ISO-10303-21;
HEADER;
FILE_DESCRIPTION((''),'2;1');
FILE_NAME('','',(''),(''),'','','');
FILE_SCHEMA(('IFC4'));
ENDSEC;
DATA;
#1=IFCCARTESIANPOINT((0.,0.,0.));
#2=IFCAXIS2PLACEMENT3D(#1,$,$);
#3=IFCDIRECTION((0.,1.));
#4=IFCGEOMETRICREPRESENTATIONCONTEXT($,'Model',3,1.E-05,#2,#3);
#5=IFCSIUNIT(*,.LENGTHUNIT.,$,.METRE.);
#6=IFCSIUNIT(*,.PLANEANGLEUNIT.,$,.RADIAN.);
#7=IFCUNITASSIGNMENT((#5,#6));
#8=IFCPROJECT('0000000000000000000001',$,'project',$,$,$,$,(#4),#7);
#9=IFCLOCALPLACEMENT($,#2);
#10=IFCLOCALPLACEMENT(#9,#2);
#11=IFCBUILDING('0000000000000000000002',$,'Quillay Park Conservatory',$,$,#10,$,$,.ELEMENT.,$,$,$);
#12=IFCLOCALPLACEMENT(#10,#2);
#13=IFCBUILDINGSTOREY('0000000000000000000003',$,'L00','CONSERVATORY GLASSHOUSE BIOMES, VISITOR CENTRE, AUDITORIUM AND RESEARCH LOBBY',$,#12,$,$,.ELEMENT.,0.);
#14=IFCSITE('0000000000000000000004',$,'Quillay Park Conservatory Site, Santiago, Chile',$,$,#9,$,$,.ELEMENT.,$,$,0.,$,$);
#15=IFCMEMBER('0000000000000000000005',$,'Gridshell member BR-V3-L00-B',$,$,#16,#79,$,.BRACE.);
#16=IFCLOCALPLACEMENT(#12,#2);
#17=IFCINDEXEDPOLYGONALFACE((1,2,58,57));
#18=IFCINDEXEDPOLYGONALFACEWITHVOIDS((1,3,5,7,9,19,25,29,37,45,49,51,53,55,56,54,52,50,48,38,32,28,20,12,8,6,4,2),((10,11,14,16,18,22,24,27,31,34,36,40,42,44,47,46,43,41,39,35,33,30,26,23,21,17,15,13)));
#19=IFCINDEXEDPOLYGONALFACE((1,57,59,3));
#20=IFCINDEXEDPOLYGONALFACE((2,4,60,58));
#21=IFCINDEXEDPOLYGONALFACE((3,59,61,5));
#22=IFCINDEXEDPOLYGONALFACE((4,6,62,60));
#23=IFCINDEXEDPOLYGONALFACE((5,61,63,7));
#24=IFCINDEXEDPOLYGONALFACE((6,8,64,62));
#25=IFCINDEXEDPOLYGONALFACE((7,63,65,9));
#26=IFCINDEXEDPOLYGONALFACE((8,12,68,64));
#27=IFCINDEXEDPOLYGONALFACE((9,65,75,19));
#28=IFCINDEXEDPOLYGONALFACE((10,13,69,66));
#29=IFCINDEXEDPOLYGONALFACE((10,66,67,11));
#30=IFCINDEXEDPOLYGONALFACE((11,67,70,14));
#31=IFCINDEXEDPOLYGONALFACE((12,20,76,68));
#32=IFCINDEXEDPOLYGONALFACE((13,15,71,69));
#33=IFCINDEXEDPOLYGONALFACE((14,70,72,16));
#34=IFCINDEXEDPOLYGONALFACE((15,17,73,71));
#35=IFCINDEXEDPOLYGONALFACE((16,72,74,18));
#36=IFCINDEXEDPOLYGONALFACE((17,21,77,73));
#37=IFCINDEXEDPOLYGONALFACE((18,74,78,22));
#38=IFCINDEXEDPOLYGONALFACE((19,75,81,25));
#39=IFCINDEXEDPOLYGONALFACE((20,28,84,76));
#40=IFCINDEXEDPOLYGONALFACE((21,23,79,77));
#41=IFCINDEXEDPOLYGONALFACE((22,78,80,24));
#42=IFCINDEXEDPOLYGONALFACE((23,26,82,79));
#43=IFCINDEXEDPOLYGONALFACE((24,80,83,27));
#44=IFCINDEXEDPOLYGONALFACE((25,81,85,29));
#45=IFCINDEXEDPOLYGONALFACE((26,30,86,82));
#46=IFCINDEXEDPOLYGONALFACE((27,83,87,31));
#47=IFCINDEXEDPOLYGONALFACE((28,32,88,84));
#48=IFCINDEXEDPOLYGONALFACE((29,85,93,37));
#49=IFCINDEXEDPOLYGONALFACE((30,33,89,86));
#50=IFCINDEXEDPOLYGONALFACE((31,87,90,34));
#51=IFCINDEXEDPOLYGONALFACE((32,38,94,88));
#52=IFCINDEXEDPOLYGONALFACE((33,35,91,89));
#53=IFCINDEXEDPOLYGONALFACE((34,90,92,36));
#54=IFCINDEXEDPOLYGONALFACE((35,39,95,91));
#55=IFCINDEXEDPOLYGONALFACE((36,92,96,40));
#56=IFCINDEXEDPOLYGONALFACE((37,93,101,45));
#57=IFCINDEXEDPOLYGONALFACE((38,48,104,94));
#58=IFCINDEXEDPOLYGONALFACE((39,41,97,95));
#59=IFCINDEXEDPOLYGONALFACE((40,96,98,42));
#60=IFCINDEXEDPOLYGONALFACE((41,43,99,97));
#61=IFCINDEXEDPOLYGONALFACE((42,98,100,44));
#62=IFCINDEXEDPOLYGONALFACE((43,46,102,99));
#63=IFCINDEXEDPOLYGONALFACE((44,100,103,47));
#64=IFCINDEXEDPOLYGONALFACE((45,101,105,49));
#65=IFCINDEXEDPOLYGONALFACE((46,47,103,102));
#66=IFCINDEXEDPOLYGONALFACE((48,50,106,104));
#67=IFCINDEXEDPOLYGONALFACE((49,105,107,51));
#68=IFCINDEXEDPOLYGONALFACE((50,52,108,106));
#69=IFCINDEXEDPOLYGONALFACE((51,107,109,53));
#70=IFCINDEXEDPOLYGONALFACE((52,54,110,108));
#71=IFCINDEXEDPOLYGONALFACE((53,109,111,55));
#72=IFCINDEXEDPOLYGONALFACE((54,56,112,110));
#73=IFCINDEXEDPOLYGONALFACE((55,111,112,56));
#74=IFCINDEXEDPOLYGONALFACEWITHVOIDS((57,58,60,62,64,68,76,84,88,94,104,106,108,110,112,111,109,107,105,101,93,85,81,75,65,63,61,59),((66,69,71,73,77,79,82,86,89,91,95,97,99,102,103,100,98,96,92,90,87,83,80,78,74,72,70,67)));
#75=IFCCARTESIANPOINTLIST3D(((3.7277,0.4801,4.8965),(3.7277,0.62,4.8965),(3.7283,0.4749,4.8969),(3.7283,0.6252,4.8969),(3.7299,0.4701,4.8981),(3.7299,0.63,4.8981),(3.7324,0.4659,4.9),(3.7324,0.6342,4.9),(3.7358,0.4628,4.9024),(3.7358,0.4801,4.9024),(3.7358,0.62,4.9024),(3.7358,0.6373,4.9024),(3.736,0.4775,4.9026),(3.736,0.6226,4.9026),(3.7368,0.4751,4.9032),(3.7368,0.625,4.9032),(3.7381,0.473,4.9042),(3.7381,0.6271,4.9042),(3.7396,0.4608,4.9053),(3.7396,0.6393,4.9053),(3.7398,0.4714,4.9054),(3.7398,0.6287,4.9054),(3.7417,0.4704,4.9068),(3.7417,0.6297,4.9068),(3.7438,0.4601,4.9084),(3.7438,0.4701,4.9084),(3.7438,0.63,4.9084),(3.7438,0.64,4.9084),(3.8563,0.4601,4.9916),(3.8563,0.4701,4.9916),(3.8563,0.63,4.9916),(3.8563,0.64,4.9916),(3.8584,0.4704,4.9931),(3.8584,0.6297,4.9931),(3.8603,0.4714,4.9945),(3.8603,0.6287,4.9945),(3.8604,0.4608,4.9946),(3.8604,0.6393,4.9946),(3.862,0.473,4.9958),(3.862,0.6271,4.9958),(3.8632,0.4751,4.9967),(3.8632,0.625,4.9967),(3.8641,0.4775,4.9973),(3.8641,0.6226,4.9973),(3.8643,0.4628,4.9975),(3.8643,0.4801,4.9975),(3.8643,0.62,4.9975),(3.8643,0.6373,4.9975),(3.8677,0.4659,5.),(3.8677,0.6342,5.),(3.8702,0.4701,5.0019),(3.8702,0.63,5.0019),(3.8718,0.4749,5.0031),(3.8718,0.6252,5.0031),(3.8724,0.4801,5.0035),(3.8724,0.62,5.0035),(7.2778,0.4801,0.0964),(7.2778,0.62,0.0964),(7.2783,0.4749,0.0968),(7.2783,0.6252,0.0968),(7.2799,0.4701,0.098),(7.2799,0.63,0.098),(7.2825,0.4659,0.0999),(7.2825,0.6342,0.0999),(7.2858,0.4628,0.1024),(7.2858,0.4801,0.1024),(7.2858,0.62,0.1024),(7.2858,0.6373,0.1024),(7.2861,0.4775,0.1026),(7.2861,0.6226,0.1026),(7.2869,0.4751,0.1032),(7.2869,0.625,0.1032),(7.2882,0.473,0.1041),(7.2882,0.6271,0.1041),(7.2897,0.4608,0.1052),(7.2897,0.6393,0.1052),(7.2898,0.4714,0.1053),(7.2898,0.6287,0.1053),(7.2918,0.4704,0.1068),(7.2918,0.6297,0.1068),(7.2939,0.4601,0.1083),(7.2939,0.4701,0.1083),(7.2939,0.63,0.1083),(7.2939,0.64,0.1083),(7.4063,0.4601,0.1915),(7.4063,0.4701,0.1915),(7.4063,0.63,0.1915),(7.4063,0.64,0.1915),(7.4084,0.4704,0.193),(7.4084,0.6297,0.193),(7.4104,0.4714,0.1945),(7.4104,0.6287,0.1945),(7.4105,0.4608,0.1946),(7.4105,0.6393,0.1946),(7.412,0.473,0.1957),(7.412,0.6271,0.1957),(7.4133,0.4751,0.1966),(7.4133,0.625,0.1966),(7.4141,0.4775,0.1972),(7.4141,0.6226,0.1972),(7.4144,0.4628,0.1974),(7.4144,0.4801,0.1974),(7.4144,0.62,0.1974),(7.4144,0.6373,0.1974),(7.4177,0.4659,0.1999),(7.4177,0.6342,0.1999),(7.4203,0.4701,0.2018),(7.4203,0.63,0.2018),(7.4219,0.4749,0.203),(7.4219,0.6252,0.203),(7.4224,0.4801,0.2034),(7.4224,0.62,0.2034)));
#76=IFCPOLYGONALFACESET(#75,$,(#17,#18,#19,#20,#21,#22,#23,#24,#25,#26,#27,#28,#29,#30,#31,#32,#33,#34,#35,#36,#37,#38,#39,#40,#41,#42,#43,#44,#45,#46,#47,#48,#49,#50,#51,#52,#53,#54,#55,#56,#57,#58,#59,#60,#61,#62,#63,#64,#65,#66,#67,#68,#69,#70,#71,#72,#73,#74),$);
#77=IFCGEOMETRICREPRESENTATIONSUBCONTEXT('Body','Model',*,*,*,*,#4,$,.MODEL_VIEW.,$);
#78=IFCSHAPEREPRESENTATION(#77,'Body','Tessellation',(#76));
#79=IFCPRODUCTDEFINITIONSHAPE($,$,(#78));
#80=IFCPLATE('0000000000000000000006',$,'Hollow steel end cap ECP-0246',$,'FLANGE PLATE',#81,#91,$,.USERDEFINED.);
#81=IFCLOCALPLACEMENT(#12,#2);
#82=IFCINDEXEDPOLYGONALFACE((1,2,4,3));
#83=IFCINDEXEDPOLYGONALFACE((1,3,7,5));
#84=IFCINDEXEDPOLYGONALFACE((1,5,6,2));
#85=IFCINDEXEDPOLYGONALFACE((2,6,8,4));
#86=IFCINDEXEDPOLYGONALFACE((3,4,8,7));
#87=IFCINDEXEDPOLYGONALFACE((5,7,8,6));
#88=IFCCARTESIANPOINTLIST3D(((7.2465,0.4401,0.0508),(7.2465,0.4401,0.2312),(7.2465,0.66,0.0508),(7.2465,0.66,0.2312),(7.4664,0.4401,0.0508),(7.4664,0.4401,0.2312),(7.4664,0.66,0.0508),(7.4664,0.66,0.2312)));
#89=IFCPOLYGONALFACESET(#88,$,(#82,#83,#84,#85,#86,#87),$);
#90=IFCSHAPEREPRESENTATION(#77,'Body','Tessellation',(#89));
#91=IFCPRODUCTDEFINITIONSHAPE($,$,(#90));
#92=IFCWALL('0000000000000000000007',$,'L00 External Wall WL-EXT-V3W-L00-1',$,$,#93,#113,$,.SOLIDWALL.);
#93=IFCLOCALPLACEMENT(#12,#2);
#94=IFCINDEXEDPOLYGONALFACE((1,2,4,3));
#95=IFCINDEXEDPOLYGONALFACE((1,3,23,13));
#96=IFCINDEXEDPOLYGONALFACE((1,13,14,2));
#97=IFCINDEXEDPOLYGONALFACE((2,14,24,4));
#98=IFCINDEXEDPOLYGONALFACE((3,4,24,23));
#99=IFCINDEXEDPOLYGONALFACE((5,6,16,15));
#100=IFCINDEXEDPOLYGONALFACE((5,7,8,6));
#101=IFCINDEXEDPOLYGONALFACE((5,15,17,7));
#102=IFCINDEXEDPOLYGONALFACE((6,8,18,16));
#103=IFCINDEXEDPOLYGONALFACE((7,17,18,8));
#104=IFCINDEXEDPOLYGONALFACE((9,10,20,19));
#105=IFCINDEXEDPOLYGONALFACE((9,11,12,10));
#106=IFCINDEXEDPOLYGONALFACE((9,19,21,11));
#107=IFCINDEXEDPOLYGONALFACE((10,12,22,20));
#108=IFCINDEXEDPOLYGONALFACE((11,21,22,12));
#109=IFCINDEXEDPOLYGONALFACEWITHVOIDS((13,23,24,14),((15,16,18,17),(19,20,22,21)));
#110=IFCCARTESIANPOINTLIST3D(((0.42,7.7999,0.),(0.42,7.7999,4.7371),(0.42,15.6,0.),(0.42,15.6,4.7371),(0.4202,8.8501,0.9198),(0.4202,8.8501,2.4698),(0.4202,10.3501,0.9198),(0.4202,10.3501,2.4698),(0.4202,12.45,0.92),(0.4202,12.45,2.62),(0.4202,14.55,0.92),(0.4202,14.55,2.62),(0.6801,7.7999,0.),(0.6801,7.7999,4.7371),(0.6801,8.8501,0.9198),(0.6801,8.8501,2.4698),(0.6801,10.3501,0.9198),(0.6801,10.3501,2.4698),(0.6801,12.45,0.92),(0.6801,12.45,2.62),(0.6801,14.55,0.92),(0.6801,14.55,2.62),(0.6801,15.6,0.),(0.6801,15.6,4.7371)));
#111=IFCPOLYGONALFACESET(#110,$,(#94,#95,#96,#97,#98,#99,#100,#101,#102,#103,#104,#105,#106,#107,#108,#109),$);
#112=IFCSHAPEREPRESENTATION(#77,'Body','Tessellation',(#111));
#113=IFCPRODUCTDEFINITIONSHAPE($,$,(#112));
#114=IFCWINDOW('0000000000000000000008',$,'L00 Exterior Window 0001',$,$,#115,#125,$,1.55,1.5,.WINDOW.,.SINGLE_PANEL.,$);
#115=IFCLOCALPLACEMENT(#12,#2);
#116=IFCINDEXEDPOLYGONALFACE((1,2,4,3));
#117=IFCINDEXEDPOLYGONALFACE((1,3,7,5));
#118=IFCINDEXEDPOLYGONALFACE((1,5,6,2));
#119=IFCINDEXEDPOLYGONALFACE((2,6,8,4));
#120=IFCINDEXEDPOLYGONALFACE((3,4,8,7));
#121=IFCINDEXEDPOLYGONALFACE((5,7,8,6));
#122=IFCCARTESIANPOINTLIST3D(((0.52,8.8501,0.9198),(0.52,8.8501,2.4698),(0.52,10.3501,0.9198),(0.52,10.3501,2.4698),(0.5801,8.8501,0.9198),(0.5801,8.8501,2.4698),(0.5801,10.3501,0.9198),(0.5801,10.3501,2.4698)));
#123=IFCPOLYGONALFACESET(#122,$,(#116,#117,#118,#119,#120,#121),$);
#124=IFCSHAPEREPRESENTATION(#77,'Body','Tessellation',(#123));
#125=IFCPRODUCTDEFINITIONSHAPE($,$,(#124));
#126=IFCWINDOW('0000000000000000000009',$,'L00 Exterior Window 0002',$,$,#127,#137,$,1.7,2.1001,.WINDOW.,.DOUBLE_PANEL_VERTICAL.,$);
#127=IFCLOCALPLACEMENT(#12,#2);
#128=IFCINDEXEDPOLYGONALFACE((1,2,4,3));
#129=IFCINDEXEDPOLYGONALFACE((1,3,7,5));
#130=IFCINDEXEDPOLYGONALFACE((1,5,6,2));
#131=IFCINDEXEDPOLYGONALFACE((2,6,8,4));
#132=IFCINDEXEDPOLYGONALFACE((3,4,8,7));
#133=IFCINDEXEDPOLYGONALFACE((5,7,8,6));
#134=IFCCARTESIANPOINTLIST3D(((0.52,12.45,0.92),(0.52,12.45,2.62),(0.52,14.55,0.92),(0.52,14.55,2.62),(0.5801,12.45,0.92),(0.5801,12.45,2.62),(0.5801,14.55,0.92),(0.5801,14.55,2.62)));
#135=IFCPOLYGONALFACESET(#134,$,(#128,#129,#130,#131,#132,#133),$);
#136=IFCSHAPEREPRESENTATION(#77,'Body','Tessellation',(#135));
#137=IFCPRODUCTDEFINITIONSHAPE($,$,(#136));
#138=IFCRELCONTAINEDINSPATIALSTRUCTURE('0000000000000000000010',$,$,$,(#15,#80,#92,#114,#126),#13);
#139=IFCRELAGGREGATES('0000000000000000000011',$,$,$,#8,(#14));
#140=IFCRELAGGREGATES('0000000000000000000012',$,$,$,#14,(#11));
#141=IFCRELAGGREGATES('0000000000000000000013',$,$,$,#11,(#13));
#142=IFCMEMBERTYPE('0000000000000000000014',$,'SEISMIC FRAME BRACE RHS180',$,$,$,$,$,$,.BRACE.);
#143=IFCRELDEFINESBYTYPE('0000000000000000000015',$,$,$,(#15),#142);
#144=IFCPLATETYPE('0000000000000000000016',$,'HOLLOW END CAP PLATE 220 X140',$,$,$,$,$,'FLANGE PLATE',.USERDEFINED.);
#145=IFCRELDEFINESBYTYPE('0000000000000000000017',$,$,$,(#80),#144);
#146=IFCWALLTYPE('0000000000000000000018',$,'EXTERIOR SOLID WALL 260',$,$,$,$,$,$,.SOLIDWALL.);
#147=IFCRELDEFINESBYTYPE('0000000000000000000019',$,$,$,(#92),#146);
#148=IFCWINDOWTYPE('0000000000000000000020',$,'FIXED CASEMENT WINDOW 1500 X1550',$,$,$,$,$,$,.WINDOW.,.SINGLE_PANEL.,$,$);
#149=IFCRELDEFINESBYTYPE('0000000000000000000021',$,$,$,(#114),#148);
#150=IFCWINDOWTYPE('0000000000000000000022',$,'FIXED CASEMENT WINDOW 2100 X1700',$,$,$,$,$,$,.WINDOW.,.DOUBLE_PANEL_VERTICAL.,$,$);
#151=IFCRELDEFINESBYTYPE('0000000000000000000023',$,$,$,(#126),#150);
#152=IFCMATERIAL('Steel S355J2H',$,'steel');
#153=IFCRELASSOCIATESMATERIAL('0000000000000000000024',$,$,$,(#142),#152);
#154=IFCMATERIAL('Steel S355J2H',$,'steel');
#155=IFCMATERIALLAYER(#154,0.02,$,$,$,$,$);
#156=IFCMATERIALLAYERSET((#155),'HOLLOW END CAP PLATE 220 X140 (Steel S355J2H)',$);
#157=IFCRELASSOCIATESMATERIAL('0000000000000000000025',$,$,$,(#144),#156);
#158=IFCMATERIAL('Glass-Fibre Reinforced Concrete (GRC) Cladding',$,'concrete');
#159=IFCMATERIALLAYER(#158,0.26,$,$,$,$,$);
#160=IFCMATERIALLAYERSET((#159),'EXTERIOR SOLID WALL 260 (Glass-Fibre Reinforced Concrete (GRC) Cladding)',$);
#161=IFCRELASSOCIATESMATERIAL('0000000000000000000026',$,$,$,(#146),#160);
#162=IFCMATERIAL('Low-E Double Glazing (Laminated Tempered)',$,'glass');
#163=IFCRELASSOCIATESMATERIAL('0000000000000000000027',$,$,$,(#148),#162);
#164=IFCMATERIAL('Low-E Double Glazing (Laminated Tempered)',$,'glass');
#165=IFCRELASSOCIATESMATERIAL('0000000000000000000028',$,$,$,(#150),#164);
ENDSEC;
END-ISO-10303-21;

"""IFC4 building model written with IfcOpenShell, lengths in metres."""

from ifc_helpers import new_model, si_unit, direction, frame, frame_2d, origin, origin_2d, place, context, subcontext, project, spatial, rectangle, hollow_rectangle, extrude, material, layer, layer_set, material_profile, profile_set, type_object, element, fill, save


model = new_model("IFC4")

# Units and contexts
model_context = context("Model", 3, precision=1e-05, world=origin(), true_north=direction((0.0, 1.0)))
body_context = subcontext(model_context, "Body", "Model", "MODEL_VIEW")
ifc_project = project(units=[si_unit("LENGTHUNIT", "METRE"), si_unit("PLANEANGLEUNIT", "RADIAN")], contexts=[model_context])

# Site, building, storey
site_placement = place(None, origin())
site = spatial("IfcSite", under=ifc_project, at=site_placement, Name="Quillay Park Conservatory Site, Santiago, Chile", CompositionType="ELEMENT", RefElevation=0.0)
building_placement = place(site_placement, origin())
building = spatial("IfcBuilding", under=site, at=building_placement, Name="Quillay Park Conservatory", CompositionType="ELEMENT")
storey_placement = place(building_placement, origin())
storey = spatial("IfcBuildingStorey", under=building, at=storey_placement, Name="L00", Description="CONSERVATORY GLASSHOUSE BIOMES, VISITOR CENTRE, AUDITORIUM AND RESEARCH LOBBY", CompositionType="ELEMENT", Elevation=0.0)

# Member
ifc_material_1 = material(Name="Steel S355J2H", Category="steel")
ifc_material_profile_1 = material_profile(ifc_material_1, hollow_rectangle(XDim=0.1799, YDim=0.1799, WallThickness=0.01, InnerFilletRadius=0.01, OuterFilletRadius=0.02, at=origin_2d()), Name="RHS180x180x10")
ifc_profile_set_1 = profile_set([ifc_material_profile_1], Name="Steel S355J2H")
member_type = type_object("IfcMemberType", Name="SEISMIC FRAME BRACE RHS180", PredefinedType="BRACE", material=ifc_profile_set_1)
member_placement = place(storey_placement, frame((7.3501, 0.55, 0.1499), z_axis=(-0.594628, 0.0, 0.804001), x_axis=(0.0, -1.0, 0.0)))
element("IfcMember", 1, at=member_placement, inside=storey, type_object=member_type, Name="Gridshell member BR-V3-L00-B", PredefinedType="BRACE", context=body_context, shape_type="SweptSolid", body=[
    extrude(hollow_rectangle(XDim=0.1799, YDim=0.1799, WallThickness=0.01, InnerFilletRadius=0.01, OuterFilletRadius=0.02, at=origin_2d()), origin(), (0.0, 0.0, 1.0), 5.9702),
])

# Plate
ifc_material_2 = material(Name="Steel S355J2H", Category="steel")
ifc_layer_1 = layer(ifc_material_2, 0.02)
ifc_layer_set_1 = layer_set([ifc_layer_1], Name="HOLLOW END CAP PLATE 220 X140 (Steel S355J2H)")
plate_type = type_object("IfcPlateType", Name="HOLLOW END CAP PLATE 220 X140", ElementType="FLANGE PLATE", PredefinedType="USERDEFINED", material=ifc_layer_set_1)
plate_placement = place(storey_placement, frame((7.3564, 0.55, 0.0508), z_axis=(0.0, 0.0, 1.0), x_axis=(1.0, 0.0, 0.0)))
element("IfcPlate", 2, at=plate_placement, inside=storey, type_object=plate_type, Name="Hollow steel end cap ECP-0246", ObjectType="FLANGE PLATE", PredefinedType="USERDEFINED", context=body_context, shape_type="SweptSolid", body=[
    extrude(rectangle(XDim=0.22, YDim=0.22, at=origin_2d()), origin(), (0.0, 0.0, 1.0), 0.1804),
])

# Wall, openings, windows
ifc_material_3 = material(Name="Glass-Fibre Reinforced Concrete (GRC) Cladding", Category="concrete")
ifc_layer_2 = layer(ifc_material_3, 0.26)
ifc_layer_set_2 = layer_set([ifc_layer_2], Name="EXTERIOR SOLID WALL 260 (Glass-Fibre Reinforced Concrete (GRC) Cladding)")
wall_type = type_object("IfcWallType", Name="EXTERIOR SOLID WALL 260", PredefinedType="SOLIDWALL", material=ifc_layer_set_2)
wall_1_placement = place(storey_placement, frame((0.55, 7.8, 0.0), z_axis=(0.0, 0.0, 1.0), x_axis=(0.0, 1.0, 0.0)))
wall_1 = element("IfcWall", 3, at=wall_1_placement, inside=storey, type_object=wall_type, Name="L00 External Wall WL-EXT-V3W-L00-1", PredefinedType="SOLIDWALL", context=body_context, shape_type="SweptSolid", body=[
    extrude(rectangle(XDim=7.8, YDim=0.26, at=frame_2d((3.8999, 0.0))), origin(), (0.0, 0.0, 1.0), 4.7371),
])
opening_1_placement = place(wall_1_placement, frame((1.05, 0.0, 0.9199)))
opening_1 = element("IfcOpeningElement", 4, at=opening_1_placement, cuts=wall_1, PredefinedType="OPENING", context=body_context, shape_type="SweptSolid", body=[
    extrude(rectangle(XDim=1.5, YDim=1.55, at=frame_2d((0.75, 0.7749))), frame((0.0, 0.1299, 0.0), z_axis=(0.0, -1.0, 0.0), x_axis=(1.0, 0.0, 0.0)), (0.0, 0.0, 1.0), 0.26),
])
opening_2_placement = place(wall_1_placement, frame((4.6499, 0.0, 0.9199)))
opening_2 = element("IfcOpeningElement", 5, at=opening_2_placement, cuts=wall_1, PredefinedType="OPENING", context=body_context, shape_type="SweptSolid", body=[
    extrude(rectangle(XDim=2.1001, YDim=1.7, at=frame_2d((1.05, 0.8501))), frame((0.0, 0.1299, 0.0), z_axis=(0.0, -1.0, 0.0), x_axis=(1.0, 0.0, 0.0)), (0.0, 0.0, 1.0), 0.26),
])
ifc_material_4 = material(Name="Low-E Double Glazing (Laminated Tempered)", Category="glass")
window_type_1 = type_object("IfcWindowType", Name="FIXED CASEMENT WINDOW 1500 X1550", PartitioningType="SINGLE_PANEL", PredefinedType="WINDOW", material=ifc_material_4)
window_1_placement = place(opening_1_placement, origin())
window_1 = element("IfcWindow", 6, at=window_1_placement, inside=storey, type_object=window_type_1, Name="L00 Exterior Window 0001", OverallHeight=1.55, OverallWidth=1.5, PartitioningType="SINGLE_PANEL", PredefinedType="WINDOW", context=body_context, shape_type="SweptSolid", body=[
    extrude(rectangle(XDim=1.5, YDim=1.55, at=frame_2d((0.75, 0.7749))), frame((0.0, 0.03, 0.0), z_axis=(0.0, -1.0, 0.0), x_axis=(1.0, 0.0, 0.0)), (0.0, 0.0, 1.0), 0.0601),
])
fill(opening_1, window_1)
ifc_material_5 = material(Name="Low-E Double Glazing (Laminated Tempered)", Category="glass")
window_type_2 = type_object("IfcWindowType", Name="FIXED CASEMENT WINDOW 2100 X1700", PartitioningType="DOUBLE_PANEL_VERTICAL", PredefinedType="WINDOW", material=ifc_material_5)
window_2_placement = place(opening_2_placement, origin())
window_2 = element("IfcWindow", 7, at=window_2_placement, inside=storey, type_object=window_type_2, Name="L00 Exterior Window 0002", OverallHeight=1.7, OverallWidth=2.1001, PartitioningType="DOUBLE_PANEL_VERTICAL", PredefinedType="WINDOW", context=body_context, shape_type="SweptSolid", body=[
    extrude(rectangle(XDim=2.1001, YDim=1.7, at=frame_2d((1.05, 0.8501))), frame((0.0, 0.03, 0.0), z_axis=(0.0, -1.0, 0.0), x_axis=(1.0, 0.0, 0.0)), (0.0, 0.0, 1.0), 0.0601),
])
fill(opening_2, window_2)

save(model, "model.ifc")
